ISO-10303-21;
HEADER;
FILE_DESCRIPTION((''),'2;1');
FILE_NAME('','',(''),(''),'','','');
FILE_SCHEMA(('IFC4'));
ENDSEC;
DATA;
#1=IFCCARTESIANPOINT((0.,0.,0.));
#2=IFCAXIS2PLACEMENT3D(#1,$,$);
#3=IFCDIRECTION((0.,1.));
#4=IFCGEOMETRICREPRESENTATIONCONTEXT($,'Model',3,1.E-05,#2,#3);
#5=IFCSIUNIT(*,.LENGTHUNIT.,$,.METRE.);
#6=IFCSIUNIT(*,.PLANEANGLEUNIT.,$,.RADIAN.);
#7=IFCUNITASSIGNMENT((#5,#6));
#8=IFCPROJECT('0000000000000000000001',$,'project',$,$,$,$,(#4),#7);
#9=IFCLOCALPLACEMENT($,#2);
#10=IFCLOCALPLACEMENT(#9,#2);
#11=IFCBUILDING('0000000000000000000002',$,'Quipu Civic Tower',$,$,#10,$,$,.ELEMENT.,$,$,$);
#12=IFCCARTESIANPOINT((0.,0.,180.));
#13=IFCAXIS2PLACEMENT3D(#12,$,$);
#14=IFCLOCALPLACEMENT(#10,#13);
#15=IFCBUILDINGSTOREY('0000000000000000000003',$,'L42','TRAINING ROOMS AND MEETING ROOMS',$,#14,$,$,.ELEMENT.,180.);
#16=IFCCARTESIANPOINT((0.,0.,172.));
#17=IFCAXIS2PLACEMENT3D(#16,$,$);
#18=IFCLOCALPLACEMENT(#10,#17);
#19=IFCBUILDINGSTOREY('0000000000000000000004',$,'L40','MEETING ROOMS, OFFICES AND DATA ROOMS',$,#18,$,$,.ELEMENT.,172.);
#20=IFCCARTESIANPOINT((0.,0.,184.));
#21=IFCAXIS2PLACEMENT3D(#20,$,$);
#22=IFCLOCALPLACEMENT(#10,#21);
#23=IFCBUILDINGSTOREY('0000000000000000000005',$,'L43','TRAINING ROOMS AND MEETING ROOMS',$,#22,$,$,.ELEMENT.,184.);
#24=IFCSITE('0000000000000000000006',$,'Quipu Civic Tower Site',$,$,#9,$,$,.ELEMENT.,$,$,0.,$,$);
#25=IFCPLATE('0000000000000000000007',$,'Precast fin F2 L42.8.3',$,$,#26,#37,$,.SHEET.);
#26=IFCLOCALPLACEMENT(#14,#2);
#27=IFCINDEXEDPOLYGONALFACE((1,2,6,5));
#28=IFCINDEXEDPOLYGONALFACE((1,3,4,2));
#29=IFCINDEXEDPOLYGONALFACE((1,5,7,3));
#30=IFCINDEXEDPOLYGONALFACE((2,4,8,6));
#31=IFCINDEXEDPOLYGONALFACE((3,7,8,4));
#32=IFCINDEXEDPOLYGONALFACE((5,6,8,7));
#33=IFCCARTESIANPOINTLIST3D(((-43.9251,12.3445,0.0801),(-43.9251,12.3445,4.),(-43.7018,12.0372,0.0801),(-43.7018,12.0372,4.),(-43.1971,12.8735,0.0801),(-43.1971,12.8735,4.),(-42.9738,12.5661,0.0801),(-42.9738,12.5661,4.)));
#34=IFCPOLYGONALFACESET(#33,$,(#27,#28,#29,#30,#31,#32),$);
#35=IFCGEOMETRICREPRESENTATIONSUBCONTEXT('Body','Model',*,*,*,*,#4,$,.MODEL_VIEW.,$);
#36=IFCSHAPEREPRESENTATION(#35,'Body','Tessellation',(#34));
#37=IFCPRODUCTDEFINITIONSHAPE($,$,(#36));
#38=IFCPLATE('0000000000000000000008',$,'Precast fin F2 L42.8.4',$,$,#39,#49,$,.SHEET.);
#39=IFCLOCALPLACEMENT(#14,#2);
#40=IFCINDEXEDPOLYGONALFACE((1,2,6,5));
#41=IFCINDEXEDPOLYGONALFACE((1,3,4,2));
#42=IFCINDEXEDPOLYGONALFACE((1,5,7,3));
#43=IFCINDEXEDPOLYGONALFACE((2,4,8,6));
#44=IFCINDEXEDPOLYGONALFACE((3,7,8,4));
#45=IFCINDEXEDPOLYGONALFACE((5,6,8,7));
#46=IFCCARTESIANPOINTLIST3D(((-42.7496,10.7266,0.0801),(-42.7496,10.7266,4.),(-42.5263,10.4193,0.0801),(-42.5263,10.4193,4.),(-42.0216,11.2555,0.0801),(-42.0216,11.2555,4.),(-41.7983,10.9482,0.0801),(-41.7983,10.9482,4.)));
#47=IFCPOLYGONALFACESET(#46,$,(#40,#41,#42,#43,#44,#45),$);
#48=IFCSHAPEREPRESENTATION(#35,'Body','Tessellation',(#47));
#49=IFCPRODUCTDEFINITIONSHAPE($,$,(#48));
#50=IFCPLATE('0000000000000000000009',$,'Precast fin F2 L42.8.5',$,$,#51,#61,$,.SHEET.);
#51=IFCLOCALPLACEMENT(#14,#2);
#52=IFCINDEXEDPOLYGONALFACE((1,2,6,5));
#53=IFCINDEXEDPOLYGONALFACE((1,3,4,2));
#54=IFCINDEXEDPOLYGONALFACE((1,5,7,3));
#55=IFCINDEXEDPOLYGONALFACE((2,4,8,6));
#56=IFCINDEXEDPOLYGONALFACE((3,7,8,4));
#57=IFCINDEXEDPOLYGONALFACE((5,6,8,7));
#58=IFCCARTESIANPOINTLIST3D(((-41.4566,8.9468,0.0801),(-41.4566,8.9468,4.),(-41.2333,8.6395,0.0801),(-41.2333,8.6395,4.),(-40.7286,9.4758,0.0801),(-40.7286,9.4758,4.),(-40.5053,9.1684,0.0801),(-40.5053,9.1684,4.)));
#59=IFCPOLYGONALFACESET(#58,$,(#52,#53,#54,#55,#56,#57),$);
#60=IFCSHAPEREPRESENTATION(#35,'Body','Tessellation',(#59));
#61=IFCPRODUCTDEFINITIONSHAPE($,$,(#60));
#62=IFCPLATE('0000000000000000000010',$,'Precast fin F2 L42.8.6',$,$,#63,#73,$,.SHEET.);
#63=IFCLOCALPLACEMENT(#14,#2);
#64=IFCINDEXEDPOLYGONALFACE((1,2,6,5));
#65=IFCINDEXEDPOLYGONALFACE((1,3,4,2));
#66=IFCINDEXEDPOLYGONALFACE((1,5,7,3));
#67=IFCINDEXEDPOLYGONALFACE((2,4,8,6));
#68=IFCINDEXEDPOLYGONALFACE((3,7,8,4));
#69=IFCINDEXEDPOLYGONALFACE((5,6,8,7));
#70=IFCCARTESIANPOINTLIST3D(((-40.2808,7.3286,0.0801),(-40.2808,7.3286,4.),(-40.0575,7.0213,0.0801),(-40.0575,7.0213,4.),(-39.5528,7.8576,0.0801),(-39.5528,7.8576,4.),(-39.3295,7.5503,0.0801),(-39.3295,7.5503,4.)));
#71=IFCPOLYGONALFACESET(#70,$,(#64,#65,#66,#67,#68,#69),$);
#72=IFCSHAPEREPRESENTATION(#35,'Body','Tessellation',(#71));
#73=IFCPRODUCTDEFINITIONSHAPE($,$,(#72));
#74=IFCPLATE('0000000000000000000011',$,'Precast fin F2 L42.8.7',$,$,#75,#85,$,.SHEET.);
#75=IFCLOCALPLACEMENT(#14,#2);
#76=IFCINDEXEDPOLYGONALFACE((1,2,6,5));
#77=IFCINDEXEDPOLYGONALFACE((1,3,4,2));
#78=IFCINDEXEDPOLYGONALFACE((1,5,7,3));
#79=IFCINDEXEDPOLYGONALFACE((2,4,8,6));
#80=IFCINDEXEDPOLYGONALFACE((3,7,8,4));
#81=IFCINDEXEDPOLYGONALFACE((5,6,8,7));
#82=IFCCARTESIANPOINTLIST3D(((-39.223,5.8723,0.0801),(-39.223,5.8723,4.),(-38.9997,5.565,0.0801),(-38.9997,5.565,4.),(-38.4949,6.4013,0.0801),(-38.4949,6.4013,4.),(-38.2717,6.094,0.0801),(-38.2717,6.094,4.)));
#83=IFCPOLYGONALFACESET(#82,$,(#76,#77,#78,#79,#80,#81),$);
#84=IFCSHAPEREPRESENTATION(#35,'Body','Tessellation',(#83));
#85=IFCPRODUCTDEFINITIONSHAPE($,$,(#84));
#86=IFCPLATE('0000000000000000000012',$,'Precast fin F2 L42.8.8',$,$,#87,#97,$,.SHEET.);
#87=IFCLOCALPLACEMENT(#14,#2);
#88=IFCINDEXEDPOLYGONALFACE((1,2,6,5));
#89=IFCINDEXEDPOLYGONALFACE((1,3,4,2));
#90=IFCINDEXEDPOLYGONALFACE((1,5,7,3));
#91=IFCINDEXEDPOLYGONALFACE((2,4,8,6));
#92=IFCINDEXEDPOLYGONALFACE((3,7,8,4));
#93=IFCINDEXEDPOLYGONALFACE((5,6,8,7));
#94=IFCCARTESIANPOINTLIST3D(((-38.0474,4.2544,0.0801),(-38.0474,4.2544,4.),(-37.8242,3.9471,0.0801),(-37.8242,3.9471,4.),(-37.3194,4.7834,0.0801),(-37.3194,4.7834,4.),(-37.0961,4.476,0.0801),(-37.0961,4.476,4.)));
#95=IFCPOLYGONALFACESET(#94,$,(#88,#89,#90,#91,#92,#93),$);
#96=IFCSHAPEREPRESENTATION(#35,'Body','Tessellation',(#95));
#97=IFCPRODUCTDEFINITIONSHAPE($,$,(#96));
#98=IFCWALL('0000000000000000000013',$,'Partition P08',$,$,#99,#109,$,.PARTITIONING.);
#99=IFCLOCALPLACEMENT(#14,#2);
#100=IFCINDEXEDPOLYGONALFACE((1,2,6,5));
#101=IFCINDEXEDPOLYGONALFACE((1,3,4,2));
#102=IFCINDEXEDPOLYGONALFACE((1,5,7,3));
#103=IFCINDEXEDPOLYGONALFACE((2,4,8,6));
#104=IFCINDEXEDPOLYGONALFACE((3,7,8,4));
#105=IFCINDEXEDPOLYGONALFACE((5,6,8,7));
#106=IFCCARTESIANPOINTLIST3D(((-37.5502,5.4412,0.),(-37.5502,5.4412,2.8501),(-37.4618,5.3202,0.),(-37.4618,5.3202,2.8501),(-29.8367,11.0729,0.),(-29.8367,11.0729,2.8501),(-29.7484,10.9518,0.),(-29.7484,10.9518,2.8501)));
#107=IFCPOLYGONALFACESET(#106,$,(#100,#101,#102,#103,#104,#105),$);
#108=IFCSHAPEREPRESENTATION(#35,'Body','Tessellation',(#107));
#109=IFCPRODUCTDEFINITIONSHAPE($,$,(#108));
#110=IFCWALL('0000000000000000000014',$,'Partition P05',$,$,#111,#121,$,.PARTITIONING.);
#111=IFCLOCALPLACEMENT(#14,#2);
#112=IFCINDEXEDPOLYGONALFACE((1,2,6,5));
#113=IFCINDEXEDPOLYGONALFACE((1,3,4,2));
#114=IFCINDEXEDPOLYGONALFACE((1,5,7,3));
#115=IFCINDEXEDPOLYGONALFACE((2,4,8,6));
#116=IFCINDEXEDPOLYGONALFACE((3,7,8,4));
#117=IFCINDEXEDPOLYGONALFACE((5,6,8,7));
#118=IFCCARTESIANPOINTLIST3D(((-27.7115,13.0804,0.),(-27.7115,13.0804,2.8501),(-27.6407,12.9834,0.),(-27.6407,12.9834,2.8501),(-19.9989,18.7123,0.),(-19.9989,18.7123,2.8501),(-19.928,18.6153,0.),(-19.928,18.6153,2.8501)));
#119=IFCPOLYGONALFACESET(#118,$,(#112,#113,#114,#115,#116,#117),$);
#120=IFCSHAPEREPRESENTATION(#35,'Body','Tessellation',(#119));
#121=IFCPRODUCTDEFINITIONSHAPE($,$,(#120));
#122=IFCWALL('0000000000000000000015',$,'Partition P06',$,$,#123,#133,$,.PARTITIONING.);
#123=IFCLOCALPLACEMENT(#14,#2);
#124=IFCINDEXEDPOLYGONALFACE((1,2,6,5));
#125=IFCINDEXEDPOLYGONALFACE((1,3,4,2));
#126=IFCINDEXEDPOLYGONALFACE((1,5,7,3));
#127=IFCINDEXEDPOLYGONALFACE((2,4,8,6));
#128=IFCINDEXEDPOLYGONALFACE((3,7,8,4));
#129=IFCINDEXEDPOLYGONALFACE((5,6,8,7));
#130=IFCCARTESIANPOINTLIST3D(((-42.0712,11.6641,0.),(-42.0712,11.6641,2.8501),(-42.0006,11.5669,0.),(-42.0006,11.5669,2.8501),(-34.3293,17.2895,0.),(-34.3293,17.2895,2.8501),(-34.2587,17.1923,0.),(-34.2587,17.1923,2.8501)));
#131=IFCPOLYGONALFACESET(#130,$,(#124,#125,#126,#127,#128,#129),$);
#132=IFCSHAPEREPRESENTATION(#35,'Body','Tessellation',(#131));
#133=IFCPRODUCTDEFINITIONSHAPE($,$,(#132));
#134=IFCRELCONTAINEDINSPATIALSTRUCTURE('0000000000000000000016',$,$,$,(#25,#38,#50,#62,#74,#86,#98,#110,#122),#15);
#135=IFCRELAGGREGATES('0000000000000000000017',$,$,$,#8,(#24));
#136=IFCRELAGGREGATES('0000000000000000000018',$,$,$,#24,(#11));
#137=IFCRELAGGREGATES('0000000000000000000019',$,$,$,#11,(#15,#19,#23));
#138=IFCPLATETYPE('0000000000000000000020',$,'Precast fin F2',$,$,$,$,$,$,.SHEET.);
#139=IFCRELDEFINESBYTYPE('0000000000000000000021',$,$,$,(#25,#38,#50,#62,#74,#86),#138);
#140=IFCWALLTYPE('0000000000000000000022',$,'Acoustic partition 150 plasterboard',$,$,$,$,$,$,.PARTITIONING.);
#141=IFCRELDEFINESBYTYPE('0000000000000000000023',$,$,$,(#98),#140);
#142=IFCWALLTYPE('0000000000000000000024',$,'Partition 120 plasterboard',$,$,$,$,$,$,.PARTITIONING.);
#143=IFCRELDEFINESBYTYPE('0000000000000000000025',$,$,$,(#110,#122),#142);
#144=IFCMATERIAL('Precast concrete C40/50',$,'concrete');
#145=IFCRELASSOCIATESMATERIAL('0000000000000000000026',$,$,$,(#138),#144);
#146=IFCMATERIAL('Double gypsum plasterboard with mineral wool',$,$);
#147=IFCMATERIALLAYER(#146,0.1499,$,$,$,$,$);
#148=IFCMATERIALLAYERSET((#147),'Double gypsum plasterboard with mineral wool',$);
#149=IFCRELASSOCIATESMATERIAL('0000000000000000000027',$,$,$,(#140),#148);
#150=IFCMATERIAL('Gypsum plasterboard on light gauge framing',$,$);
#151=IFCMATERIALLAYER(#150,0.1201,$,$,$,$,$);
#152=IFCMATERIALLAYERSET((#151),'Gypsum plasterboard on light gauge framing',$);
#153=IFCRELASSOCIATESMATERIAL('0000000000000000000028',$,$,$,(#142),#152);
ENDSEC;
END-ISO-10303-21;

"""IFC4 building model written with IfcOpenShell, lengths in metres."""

from ifc_helpers import new_model, si_unit, direction, frame, frame_2d, origin, origin_2d, place, context, subcontext, project, spatial, rectangle, extrude, material, layer, layer_set, type_object, element, save


model = new_model("IFC4")

# Units and contexts
model_context = context("Model", 3, precision=1e-05, world=origin(), true_north=direction((0.0, 1.0)))
body_context = subcontext(model_context, "Body", "Model", "MODEL_VIEW")
ifc_project = project(units=[si_unit("LENGTHUNIT", "METRE"), si_unit("PLANEANGLEUNIT", "RADIAN")], contexts=[model_context])

# Site, building, storey
site_placement = place(None, origin())
site = spatial("IfcSite", under=ifc_project, at=site_placement, Name="Quipu Civic Tower Site", CompositionType="ELEMENT", RefElevation=0.0)
building_placement = place(site_placement, origin())
building = spatial("IfcBuilding", under=site, at=building_placement, Name="Quipu Civic Tower", CompositionType="ELEMENT")
storey_1_placement = place(building_placement, frame((0.0, 0.0, 180.0)))
storey_1 = spatial("IfcBuildingStorey", under=building, at=storey_1_placement, Name="L42", Description="TRAINING ROOMS AND MEETING ROOMS", CompositionType="ELEMENT", Elevation=180.0)

# Shared definitions
storey_2_placement = place(building_placement, frame((0.0, 0.0, 172.0)))
storey_2 = spatial("IfcBuildingStorey", under=building, at=storey_2_placement, Name="L40", Description="MEETING ROOMS, OFFICES AND DATA ROOMS", CompositionType="ELEMENT", Elevation=172.0)

# Shared definitions
storey_3_placement = place(building_placement, frame((0.0, 0.0, 184.0)))
storey_3 = spatial("IfcBuildingStorey", under=building, at=storey_3_placement, Name="L43", Description="TRAINING ROOMS AND MEETING ROOMS", CompositionType="ELEMENT", Elevation=184.0)

# Plates
ifc_material_1 = material(Name="Precast concrete C40/50", Category="concrete")
plate_type_1 = type_object("IfcPlateType", Name="Precast fin F2", PredefinedType="SHEET", material=ifc_material_1)
for number, where, z_axis, x_axis, name in (
    (1, (-43.4495, 12.4553, 0.0801), (0.0, 0.0, 1.0), (0.587786, -0.809017, 0.0), "Precast fin F2 L42.8.3"),
    (2, (-42.2739, 10.8374, 0.0801), (0.0, 0.0, 1.0), (0.587786, -0.809017, 0.0), "Precast fin F2 L42.8.4"),
    (3, (-40.981, 9.0576, 0.0801), (0.0, 0.0, 1.0), (0.587786, -0.809017, 0.0), "Precast fin F2 L42.8.5"),
    (4, (-39.8052, 7.4395, 0.0801), (0.0, 0.0, 1.0), (0.587786, -0.809017, 0.0), "Precast fin F2 L42.8.6"),
    (5, (-38.7473, 5.9832, 0.0801), (0.0, 0.0, 1.0), (0.587786, -0.809017, 0.0), "Precast fin F2 L42.8.7"),
    (6, (-37.5718, 4.3652, 0.0801), (0.0, 0.0, 1.0), (0.587786, -0.809017, 0.0), "Precast fin F2 L42.8.8"),
):
    element("IfcPlate", number, at=place(storey_1_placement, frame(where, z_axis=z_axis, x_axis=x_axis)), inside=storey_1, type_object=plate_type_1, Name=name, PredefinedType="SHEET", context=body_context, shape_type="SweptSolid", body=[
        extrude(rectangle(XDim=0.3799, YDim=0.8999, at=origin_2d()), origin(), (0.0, 0.0, 1.0), 3.9199),
    ])

# Walls
ifc_material_2 = material(Name="Double gypsum plasterboard with mineral wool")
ifc_layer_1 = layer(ifc_material_2, 0.1499)
ifc_layer_set_1 = layer_set([ifc_layer_1], Name="Double gypsum plasterboard with mineral wool")
wall_type_1 = type_object("IfcWallType", Name="Acoustic partition 150 plasterboard", PredefinedType="PARTITIONING", material=ifc_layer_set_1)
wall_1_placement = place(storey_1_placement, frame((-37.5061, 5.3806, 0.0), z_axis=(0.0, 0.0, 1.0), x_axis=(0.807646, 0.589668, 0.0)))
element("IfcWall", 7, at=wall_1_placement, inside=storey_1, type_object=wall_type_1, Name="Partition P08", PredefinedType="PARTITIONING", context=body_context, shape_type="SweptSolid", body=[
    extrude(rectangle(XDim=9.5505, YDim=0.1499, at=frame_2d((4.7754, 0.0))), origin(), (0.0, 0.0, 1.0), 2.8501),
])
ifc_material_3 = material(Name="Gypsum plasterboard on light gauge framing")
ifc_layer_2 = layer(ifc_material_3, 0.1201)
ifc_layer_set_2 = layer_set([ifc_layer_2], Name="Gypsum plasterboard on light gauge framing")
wall_type_2 = type_object("IfcWallType", Name="Partition 120 plasterboard", PredefinedType="PARTITIONING", material=ifc_layer_set_2)
wall_2_placement = place(storey_1_placement, frame((-27.676, 13.032, 0.0), z_axis=(0.0, 0.0, 1.0), x_axis=(0.807607, 0.589721, 0.0)))
element("IfcWall", 8, at=wall_2_placement, inside=storey_1, type_object=wall_type_2, Name="Partition P05", PredefinedType="PARTITIONING", context=body_context, shape_type="SweptSolid", body=[
    extrude(rectangle(XDim=9.55, YDim=0.1201, at=frame_2d((4.7749, 0.0))), origin(), (0.0, 0.0, 1.0), 2.8501),
])
wall_3_placement = place(storey_1_placement, frame((-42.0359, 11.6155, 0.0), z_axis=(0.0, 0.0, 1.0), x_axis=(0.808985, 0.587829, 0.0)))
element("IfcWall", 9, at=wall_3_placement, inside=storey_1, type_object=wall_type_2, Name="Partition P06", PredefinedType="PARTITIONING", context=body_context, shape_type="SweptSolid", body=[
    extrude(rectangle(XDim=9.5698, YDim=0.1201, at=frame_2d((4.7849, 0.0))), origin(), (0.0, 0.0, 1.0), 2.8501),
])

save(model, "model.ifc")
